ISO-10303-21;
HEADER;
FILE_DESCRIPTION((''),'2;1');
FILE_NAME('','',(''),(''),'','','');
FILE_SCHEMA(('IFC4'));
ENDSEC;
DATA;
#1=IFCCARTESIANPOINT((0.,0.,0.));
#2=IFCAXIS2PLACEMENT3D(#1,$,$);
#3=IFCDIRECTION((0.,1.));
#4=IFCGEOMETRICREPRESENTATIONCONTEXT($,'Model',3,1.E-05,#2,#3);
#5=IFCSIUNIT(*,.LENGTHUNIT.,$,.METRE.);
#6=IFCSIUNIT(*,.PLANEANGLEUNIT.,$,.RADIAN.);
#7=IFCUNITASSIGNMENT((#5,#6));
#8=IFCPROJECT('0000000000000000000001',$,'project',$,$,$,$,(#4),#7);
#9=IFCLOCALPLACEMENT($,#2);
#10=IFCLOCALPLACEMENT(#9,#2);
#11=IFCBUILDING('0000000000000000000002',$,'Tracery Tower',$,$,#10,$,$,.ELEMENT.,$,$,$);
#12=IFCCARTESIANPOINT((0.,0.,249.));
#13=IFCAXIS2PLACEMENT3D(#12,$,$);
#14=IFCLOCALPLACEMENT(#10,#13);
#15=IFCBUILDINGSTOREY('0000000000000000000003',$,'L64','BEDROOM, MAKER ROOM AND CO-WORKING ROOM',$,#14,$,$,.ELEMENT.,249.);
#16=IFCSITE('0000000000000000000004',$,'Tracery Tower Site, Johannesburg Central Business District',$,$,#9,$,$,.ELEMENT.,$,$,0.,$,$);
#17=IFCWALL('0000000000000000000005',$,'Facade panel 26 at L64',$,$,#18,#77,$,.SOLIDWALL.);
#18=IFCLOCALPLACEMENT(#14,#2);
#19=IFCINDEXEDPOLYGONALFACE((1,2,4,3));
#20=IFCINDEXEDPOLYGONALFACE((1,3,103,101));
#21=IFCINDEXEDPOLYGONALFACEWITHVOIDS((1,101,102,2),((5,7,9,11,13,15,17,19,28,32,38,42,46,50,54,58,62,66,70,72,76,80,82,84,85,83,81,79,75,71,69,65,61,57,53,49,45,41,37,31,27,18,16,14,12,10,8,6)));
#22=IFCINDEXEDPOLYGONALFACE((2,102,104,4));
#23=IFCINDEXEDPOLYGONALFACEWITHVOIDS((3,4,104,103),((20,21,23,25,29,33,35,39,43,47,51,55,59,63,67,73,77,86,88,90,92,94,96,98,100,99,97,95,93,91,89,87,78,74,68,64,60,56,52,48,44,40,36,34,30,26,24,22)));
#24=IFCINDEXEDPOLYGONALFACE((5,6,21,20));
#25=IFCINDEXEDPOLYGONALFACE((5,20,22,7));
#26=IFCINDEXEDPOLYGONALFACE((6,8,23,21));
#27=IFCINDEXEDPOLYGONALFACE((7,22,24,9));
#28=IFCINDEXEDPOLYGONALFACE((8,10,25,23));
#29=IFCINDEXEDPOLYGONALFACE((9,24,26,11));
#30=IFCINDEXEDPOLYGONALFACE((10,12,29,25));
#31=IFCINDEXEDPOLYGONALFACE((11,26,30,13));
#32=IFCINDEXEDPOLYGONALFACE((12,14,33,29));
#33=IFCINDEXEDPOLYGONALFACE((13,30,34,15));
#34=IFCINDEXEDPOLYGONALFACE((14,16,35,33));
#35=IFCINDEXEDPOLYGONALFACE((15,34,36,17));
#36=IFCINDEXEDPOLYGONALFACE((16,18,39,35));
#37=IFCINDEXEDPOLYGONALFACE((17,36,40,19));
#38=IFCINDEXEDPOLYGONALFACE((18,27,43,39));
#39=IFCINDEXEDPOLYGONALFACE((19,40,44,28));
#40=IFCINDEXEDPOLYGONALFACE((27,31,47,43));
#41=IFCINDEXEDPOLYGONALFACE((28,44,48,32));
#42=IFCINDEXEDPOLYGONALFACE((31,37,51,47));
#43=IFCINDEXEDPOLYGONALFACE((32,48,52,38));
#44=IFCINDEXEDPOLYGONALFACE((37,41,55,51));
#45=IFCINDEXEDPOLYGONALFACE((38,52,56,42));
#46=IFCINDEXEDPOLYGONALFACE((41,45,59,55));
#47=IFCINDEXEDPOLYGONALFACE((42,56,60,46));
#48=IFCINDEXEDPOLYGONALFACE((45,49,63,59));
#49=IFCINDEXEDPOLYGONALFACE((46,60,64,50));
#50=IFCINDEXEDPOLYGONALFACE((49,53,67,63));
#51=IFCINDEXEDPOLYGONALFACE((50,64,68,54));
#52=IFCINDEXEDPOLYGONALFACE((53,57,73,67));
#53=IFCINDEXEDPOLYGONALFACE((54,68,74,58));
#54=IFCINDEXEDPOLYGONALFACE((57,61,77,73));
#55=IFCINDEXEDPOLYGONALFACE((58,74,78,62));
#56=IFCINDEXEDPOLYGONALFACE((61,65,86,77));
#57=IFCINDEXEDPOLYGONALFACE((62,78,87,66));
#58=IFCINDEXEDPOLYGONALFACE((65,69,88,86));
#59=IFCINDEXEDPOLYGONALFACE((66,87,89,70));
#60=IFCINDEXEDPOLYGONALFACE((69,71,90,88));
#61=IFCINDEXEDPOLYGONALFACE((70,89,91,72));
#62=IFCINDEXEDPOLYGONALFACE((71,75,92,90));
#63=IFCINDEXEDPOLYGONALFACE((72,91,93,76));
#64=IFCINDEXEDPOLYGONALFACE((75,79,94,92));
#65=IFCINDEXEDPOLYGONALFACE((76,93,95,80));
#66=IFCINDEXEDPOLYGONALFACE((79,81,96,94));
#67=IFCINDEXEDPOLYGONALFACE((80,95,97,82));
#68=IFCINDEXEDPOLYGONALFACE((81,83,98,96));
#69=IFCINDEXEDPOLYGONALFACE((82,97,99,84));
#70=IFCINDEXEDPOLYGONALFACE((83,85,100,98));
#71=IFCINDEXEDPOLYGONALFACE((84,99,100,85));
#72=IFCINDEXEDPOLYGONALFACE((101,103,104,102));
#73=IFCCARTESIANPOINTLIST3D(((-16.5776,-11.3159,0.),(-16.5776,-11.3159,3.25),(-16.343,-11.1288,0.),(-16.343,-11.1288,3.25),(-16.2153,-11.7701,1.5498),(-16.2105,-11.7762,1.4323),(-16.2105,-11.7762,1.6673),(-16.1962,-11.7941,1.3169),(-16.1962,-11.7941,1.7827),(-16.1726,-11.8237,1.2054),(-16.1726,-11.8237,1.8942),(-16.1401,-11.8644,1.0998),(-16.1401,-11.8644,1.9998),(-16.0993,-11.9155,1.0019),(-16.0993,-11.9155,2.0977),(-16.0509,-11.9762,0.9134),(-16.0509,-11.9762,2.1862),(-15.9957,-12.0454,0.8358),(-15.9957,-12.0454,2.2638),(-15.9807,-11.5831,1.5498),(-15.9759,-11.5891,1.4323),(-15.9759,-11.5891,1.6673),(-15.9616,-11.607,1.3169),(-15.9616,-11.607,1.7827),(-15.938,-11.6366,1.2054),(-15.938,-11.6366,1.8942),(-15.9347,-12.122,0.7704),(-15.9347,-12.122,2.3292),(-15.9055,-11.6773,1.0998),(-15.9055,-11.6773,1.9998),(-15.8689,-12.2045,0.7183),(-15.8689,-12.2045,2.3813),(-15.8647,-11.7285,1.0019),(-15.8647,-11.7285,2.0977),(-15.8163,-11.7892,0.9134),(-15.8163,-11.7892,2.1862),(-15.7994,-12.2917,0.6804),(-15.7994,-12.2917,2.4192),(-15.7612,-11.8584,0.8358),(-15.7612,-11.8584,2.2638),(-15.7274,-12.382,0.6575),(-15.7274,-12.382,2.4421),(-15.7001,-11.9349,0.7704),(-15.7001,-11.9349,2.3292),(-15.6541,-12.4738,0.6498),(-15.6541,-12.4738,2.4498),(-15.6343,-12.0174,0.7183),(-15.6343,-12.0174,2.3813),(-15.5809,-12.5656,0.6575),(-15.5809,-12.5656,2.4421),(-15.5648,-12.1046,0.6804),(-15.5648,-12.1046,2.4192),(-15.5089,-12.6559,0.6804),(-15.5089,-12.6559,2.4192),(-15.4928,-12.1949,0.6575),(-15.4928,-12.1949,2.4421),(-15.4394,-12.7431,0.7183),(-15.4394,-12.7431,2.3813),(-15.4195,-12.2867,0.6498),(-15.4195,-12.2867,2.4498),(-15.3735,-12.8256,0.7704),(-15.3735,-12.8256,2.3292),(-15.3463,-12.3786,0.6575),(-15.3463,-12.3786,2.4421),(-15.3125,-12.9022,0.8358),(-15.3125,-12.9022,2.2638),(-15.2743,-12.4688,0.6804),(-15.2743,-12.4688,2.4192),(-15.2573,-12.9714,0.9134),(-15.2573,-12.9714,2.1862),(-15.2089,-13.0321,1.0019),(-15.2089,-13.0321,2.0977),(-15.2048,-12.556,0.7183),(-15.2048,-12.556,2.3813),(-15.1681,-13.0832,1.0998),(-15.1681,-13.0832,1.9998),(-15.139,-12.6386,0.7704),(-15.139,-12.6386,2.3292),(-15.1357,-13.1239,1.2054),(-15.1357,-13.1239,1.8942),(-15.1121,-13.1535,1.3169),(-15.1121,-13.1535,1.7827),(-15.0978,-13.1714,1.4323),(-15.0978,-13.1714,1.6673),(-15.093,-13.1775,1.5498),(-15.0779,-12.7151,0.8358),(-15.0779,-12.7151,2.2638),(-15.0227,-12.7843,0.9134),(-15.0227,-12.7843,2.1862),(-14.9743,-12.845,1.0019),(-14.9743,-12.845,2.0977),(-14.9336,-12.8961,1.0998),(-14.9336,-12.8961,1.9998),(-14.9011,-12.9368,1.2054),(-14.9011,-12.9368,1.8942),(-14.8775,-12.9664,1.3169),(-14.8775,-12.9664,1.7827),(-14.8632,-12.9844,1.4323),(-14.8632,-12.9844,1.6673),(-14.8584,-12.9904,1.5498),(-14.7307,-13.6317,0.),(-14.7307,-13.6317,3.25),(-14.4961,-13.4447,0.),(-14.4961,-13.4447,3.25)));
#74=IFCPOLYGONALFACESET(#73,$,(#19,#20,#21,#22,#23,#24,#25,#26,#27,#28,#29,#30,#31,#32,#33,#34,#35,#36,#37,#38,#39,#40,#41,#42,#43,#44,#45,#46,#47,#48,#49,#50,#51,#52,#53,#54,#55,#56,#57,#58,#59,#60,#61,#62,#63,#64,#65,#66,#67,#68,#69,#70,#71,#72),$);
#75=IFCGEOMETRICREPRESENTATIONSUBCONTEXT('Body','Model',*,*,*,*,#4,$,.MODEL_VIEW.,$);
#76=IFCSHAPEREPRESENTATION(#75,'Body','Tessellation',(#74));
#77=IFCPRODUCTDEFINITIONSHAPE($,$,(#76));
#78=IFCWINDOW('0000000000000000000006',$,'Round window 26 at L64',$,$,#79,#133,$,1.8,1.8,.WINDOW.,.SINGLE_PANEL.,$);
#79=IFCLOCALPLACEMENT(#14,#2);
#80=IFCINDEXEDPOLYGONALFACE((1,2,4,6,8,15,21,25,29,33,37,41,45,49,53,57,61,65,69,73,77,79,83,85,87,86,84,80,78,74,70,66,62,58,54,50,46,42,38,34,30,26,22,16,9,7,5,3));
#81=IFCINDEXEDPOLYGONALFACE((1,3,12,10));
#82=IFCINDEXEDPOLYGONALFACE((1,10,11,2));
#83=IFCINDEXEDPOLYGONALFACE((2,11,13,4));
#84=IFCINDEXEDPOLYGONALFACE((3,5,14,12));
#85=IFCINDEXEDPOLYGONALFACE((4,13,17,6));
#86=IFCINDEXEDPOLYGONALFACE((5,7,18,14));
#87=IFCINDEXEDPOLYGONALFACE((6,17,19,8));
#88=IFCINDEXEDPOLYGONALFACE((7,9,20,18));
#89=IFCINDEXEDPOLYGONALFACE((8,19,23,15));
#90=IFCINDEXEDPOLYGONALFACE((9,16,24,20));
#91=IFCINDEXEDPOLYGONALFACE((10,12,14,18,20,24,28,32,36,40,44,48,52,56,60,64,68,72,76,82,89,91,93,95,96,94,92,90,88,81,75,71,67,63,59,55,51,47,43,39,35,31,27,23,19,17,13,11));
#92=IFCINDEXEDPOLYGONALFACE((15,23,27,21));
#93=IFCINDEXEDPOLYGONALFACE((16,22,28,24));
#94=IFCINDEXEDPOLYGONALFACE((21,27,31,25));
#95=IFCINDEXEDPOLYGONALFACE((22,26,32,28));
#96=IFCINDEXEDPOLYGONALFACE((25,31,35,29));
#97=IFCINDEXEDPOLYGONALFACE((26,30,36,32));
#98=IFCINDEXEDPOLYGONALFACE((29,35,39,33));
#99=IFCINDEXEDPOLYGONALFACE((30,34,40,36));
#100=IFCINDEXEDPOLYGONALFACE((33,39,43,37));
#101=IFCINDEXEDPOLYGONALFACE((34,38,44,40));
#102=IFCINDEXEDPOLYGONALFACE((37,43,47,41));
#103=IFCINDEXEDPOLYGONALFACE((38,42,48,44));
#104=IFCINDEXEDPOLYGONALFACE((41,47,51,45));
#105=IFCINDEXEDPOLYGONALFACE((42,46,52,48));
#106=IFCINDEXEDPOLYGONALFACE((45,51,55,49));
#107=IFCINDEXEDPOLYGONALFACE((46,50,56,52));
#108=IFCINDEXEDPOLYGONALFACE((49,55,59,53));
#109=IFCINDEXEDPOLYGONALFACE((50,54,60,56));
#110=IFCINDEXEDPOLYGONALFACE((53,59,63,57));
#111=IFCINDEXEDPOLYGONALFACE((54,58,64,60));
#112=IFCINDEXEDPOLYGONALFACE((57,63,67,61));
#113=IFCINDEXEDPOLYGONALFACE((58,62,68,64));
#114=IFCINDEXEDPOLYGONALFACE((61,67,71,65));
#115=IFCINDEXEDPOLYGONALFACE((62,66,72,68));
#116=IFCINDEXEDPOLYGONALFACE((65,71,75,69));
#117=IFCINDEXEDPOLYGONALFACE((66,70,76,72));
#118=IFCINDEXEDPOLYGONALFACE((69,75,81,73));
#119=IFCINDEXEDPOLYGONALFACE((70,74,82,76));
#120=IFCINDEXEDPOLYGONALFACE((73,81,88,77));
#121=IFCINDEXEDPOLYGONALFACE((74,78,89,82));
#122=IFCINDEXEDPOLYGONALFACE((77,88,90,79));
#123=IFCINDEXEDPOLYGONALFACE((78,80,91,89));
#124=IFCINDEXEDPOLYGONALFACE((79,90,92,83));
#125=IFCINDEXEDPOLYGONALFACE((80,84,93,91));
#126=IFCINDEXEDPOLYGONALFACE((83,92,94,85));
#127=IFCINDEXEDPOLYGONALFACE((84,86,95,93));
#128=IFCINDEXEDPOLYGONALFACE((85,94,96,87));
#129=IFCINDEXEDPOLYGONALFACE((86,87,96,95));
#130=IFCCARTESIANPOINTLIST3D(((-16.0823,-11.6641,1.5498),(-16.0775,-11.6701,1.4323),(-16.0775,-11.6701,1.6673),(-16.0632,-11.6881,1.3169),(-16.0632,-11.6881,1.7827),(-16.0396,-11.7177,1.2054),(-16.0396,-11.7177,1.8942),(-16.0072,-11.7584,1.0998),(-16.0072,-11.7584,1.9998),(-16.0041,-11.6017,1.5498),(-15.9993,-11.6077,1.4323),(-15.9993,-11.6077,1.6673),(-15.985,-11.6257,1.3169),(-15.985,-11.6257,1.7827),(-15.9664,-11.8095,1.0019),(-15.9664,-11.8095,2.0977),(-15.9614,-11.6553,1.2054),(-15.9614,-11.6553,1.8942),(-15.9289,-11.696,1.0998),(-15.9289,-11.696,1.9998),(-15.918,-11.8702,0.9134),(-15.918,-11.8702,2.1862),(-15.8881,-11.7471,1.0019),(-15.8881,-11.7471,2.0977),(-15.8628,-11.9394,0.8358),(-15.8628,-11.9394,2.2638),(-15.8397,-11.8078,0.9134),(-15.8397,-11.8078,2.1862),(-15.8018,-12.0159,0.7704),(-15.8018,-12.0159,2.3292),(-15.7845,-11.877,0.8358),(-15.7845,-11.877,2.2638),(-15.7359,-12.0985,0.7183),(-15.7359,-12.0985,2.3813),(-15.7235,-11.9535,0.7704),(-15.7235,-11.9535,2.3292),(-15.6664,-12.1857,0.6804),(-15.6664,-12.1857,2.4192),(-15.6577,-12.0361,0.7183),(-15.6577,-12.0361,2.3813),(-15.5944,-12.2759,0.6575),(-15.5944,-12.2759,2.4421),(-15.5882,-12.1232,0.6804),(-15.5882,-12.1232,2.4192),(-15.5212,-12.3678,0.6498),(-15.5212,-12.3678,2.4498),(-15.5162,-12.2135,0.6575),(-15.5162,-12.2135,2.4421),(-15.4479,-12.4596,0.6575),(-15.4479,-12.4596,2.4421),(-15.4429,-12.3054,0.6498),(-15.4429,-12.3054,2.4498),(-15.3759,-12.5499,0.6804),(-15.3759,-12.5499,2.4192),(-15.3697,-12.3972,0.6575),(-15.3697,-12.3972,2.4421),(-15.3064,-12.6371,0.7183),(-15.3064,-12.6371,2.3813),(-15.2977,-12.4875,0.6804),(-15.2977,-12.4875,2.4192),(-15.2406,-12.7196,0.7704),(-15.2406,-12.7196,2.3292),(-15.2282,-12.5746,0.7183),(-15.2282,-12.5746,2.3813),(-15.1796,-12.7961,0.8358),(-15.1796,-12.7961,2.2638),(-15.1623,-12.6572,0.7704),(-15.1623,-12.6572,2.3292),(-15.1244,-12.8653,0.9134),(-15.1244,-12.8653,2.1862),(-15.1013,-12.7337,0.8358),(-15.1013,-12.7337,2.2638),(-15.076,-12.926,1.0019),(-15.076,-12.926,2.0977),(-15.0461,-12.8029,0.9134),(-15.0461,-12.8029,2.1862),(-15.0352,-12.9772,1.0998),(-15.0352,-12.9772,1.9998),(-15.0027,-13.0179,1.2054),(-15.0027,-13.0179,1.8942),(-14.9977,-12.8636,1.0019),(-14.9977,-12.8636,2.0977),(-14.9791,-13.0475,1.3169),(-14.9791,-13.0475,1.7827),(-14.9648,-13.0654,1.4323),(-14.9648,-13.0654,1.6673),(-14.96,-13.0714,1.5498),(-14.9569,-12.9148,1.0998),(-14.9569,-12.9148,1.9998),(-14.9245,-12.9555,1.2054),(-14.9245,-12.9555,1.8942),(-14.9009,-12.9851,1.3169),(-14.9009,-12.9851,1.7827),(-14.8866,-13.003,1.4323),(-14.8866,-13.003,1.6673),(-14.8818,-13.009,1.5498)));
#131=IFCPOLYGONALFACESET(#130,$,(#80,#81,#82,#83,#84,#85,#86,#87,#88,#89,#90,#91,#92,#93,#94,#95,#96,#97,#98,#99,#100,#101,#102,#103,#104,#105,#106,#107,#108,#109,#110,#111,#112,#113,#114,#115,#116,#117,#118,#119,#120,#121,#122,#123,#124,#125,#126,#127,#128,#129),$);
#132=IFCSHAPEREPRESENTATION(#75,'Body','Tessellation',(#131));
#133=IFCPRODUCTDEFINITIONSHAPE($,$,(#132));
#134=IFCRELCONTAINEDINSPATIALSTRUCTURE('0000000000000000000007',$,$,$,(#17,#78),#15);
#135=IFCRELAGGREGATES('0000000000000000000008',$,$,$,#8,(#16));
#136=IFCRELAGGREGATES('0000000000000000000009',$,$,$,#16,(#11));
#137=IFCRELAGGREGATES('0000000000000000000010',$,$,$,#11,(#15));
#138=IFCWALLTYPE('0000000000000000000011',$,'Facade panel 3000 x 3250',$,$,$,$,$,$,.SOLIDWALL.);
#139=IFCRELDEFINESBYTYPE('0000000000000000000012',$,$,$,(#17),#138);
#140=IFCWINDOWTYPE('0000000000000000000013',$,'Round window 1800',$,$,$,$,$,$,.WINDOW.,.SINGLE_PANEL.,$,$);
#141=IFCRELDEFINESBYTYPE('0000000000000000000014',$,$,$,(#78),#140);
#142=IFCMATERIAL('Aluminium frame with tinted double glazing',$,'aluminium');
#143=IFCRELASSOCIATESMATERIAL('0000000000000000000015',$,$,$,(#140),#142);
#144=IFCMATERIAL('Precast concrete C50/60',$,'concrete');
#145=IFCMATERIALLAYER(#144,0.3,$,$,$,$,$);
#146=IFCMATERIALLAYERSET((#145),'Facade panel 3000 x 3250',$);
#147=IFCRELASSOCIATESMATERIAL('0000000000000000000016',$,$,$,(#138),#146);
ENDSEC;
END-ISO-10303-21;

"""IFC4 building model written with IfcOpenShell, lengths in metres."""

from ifc_helpers import new_model, si_unit, direction, frame, frame_2d, origin, origin_2d, place, context, subcontext, project, spatial, rectangle, circle, extrude, material, layer, layer_set, type_object, element, fill, save


model = new_model("IFC4")

# Units and contexts
model_context = context("Model", 3, precision=1e-05, world=origin(), true_north=direction((0.0, 1.0)))
body_context = subcontext(model_context, "Body", "Model", "MODEL_VIEW")
ifc_project = project(units=[si_unit("LENGTHUNIT", "METRE"), si_unit("PLANEANGLEUNIT", "RADIAN")], contexts=[model_context])

# Site, building, storey
site_placement = place(None, origin())
site = spatial("IfcSite", under=ifc_project, at=site_placement, Name="Tracery Tower Site, Johannesburg Central Business District", CompositionType="ELEMENT", RefElevation=0.0)
building_placement = place(site_placement, origin())
building = spatial("IfcBuilding", under=site, at=building_placement, Name="Tracery Tower", CompositionType="ELEMENT")
storey_placement = place(building_placement, frame((0.0, 0.0, 249.0)))
storey = spatial("IfcBuildingStorey", under=building, at=storey_placement, Name="L64", Description="BEDROOM, MAKER ROOM AND CO-WORKING ROOM", CompositionType="ELEMENT", Elevation=249.0)

# Wall, opening, window
ifc_material_1 = material(Name="Aluminium frame with tinted double glazing", Category="aluminium")
window_type = type_object("IfcWindowType", Name="Round window 1800", PartitioningType="SINGLE_PANEL", PredefinedType="WINDOW", material=ifc_material_1)
ifc_material_2 = material(Name="Precast concrete C50/60", Category="concrete")
ifc_layer_1 = layer(ifc_material_2, 0.3)
ifc_layer_set_1 = layer_set([ifc_layer_1], Name="Facade panel 3000 x 3250")
wall_type_1 = type_object("IfcWallType", Name="Facade panel 3000 x 3250", PredefinedType="SOLIDWALL", material=ifc_layer_set_1)
wall_1_placement = place(storey_placement, frame((-16.4602, -11.2224, 0.0), z_axis=(0.0, 0.0, 1.0), x_axis=(0.623498, -0.781825, 0.0)))
wall_1 = element("IfcWall", 1, at=wall_1_placement, inside=storey, type_object=wall_type_1, Name="Facade panel 26 at L64", PredefinedType="SOLIDWALL", context=body_context, shape_type="SweptSolid", body=[
    extrude(rectangle(XDim=2.9622, YDim=0.3, at=frame_2d((1.481, 0.0))), origin(), (0.0, 0.0, 1.0), 3.25),
])
opening_1_placement = place(wall_1_placement, frame((1.481, 0.0, 1.5498)))
opening_1 = element("IfcOpeningElement", 2, at=opening_1_placement, cuts=wall_1, PredefinedType="OPENING", context=body_context, shape_type="SweptSolid", body=[
    extrude(circle(Radius=0.9, at=origin_2d()), frame((0.0, 0.1599, 0.0), z_axis=(0.0, -1.0, 0.0), x_axis=(1.0, 0.0, 0.0)), (0.0, 0.0, 1.0), 0.3201),
])
window_1_placement = place(opening_1_placement, origin())
window_1 = element("IfcWindow", 3, at=window_1_placement, inside=storey, type_object=window_type, Name="Round window 26 at L64", OverallHeight=1.8, OverallWidth=1.8, PartitioningType="SINGLE_PANEL", PredefinedType="WINDOW", context=body_context, shape_type="SweptSolid", body=[
    extrude(circle(Radius=0.9, at=origin_2d()), frame((0.0, 0.1201, 0.0), z_axis=(0.0, -1.0, 0.0), x_axis=(1.0, 0.0, 0.0)), (0.0, 0.0, 1.0), 0.1001),
])
fill(opening_1, window_1)

save(model, "model.ifc")
